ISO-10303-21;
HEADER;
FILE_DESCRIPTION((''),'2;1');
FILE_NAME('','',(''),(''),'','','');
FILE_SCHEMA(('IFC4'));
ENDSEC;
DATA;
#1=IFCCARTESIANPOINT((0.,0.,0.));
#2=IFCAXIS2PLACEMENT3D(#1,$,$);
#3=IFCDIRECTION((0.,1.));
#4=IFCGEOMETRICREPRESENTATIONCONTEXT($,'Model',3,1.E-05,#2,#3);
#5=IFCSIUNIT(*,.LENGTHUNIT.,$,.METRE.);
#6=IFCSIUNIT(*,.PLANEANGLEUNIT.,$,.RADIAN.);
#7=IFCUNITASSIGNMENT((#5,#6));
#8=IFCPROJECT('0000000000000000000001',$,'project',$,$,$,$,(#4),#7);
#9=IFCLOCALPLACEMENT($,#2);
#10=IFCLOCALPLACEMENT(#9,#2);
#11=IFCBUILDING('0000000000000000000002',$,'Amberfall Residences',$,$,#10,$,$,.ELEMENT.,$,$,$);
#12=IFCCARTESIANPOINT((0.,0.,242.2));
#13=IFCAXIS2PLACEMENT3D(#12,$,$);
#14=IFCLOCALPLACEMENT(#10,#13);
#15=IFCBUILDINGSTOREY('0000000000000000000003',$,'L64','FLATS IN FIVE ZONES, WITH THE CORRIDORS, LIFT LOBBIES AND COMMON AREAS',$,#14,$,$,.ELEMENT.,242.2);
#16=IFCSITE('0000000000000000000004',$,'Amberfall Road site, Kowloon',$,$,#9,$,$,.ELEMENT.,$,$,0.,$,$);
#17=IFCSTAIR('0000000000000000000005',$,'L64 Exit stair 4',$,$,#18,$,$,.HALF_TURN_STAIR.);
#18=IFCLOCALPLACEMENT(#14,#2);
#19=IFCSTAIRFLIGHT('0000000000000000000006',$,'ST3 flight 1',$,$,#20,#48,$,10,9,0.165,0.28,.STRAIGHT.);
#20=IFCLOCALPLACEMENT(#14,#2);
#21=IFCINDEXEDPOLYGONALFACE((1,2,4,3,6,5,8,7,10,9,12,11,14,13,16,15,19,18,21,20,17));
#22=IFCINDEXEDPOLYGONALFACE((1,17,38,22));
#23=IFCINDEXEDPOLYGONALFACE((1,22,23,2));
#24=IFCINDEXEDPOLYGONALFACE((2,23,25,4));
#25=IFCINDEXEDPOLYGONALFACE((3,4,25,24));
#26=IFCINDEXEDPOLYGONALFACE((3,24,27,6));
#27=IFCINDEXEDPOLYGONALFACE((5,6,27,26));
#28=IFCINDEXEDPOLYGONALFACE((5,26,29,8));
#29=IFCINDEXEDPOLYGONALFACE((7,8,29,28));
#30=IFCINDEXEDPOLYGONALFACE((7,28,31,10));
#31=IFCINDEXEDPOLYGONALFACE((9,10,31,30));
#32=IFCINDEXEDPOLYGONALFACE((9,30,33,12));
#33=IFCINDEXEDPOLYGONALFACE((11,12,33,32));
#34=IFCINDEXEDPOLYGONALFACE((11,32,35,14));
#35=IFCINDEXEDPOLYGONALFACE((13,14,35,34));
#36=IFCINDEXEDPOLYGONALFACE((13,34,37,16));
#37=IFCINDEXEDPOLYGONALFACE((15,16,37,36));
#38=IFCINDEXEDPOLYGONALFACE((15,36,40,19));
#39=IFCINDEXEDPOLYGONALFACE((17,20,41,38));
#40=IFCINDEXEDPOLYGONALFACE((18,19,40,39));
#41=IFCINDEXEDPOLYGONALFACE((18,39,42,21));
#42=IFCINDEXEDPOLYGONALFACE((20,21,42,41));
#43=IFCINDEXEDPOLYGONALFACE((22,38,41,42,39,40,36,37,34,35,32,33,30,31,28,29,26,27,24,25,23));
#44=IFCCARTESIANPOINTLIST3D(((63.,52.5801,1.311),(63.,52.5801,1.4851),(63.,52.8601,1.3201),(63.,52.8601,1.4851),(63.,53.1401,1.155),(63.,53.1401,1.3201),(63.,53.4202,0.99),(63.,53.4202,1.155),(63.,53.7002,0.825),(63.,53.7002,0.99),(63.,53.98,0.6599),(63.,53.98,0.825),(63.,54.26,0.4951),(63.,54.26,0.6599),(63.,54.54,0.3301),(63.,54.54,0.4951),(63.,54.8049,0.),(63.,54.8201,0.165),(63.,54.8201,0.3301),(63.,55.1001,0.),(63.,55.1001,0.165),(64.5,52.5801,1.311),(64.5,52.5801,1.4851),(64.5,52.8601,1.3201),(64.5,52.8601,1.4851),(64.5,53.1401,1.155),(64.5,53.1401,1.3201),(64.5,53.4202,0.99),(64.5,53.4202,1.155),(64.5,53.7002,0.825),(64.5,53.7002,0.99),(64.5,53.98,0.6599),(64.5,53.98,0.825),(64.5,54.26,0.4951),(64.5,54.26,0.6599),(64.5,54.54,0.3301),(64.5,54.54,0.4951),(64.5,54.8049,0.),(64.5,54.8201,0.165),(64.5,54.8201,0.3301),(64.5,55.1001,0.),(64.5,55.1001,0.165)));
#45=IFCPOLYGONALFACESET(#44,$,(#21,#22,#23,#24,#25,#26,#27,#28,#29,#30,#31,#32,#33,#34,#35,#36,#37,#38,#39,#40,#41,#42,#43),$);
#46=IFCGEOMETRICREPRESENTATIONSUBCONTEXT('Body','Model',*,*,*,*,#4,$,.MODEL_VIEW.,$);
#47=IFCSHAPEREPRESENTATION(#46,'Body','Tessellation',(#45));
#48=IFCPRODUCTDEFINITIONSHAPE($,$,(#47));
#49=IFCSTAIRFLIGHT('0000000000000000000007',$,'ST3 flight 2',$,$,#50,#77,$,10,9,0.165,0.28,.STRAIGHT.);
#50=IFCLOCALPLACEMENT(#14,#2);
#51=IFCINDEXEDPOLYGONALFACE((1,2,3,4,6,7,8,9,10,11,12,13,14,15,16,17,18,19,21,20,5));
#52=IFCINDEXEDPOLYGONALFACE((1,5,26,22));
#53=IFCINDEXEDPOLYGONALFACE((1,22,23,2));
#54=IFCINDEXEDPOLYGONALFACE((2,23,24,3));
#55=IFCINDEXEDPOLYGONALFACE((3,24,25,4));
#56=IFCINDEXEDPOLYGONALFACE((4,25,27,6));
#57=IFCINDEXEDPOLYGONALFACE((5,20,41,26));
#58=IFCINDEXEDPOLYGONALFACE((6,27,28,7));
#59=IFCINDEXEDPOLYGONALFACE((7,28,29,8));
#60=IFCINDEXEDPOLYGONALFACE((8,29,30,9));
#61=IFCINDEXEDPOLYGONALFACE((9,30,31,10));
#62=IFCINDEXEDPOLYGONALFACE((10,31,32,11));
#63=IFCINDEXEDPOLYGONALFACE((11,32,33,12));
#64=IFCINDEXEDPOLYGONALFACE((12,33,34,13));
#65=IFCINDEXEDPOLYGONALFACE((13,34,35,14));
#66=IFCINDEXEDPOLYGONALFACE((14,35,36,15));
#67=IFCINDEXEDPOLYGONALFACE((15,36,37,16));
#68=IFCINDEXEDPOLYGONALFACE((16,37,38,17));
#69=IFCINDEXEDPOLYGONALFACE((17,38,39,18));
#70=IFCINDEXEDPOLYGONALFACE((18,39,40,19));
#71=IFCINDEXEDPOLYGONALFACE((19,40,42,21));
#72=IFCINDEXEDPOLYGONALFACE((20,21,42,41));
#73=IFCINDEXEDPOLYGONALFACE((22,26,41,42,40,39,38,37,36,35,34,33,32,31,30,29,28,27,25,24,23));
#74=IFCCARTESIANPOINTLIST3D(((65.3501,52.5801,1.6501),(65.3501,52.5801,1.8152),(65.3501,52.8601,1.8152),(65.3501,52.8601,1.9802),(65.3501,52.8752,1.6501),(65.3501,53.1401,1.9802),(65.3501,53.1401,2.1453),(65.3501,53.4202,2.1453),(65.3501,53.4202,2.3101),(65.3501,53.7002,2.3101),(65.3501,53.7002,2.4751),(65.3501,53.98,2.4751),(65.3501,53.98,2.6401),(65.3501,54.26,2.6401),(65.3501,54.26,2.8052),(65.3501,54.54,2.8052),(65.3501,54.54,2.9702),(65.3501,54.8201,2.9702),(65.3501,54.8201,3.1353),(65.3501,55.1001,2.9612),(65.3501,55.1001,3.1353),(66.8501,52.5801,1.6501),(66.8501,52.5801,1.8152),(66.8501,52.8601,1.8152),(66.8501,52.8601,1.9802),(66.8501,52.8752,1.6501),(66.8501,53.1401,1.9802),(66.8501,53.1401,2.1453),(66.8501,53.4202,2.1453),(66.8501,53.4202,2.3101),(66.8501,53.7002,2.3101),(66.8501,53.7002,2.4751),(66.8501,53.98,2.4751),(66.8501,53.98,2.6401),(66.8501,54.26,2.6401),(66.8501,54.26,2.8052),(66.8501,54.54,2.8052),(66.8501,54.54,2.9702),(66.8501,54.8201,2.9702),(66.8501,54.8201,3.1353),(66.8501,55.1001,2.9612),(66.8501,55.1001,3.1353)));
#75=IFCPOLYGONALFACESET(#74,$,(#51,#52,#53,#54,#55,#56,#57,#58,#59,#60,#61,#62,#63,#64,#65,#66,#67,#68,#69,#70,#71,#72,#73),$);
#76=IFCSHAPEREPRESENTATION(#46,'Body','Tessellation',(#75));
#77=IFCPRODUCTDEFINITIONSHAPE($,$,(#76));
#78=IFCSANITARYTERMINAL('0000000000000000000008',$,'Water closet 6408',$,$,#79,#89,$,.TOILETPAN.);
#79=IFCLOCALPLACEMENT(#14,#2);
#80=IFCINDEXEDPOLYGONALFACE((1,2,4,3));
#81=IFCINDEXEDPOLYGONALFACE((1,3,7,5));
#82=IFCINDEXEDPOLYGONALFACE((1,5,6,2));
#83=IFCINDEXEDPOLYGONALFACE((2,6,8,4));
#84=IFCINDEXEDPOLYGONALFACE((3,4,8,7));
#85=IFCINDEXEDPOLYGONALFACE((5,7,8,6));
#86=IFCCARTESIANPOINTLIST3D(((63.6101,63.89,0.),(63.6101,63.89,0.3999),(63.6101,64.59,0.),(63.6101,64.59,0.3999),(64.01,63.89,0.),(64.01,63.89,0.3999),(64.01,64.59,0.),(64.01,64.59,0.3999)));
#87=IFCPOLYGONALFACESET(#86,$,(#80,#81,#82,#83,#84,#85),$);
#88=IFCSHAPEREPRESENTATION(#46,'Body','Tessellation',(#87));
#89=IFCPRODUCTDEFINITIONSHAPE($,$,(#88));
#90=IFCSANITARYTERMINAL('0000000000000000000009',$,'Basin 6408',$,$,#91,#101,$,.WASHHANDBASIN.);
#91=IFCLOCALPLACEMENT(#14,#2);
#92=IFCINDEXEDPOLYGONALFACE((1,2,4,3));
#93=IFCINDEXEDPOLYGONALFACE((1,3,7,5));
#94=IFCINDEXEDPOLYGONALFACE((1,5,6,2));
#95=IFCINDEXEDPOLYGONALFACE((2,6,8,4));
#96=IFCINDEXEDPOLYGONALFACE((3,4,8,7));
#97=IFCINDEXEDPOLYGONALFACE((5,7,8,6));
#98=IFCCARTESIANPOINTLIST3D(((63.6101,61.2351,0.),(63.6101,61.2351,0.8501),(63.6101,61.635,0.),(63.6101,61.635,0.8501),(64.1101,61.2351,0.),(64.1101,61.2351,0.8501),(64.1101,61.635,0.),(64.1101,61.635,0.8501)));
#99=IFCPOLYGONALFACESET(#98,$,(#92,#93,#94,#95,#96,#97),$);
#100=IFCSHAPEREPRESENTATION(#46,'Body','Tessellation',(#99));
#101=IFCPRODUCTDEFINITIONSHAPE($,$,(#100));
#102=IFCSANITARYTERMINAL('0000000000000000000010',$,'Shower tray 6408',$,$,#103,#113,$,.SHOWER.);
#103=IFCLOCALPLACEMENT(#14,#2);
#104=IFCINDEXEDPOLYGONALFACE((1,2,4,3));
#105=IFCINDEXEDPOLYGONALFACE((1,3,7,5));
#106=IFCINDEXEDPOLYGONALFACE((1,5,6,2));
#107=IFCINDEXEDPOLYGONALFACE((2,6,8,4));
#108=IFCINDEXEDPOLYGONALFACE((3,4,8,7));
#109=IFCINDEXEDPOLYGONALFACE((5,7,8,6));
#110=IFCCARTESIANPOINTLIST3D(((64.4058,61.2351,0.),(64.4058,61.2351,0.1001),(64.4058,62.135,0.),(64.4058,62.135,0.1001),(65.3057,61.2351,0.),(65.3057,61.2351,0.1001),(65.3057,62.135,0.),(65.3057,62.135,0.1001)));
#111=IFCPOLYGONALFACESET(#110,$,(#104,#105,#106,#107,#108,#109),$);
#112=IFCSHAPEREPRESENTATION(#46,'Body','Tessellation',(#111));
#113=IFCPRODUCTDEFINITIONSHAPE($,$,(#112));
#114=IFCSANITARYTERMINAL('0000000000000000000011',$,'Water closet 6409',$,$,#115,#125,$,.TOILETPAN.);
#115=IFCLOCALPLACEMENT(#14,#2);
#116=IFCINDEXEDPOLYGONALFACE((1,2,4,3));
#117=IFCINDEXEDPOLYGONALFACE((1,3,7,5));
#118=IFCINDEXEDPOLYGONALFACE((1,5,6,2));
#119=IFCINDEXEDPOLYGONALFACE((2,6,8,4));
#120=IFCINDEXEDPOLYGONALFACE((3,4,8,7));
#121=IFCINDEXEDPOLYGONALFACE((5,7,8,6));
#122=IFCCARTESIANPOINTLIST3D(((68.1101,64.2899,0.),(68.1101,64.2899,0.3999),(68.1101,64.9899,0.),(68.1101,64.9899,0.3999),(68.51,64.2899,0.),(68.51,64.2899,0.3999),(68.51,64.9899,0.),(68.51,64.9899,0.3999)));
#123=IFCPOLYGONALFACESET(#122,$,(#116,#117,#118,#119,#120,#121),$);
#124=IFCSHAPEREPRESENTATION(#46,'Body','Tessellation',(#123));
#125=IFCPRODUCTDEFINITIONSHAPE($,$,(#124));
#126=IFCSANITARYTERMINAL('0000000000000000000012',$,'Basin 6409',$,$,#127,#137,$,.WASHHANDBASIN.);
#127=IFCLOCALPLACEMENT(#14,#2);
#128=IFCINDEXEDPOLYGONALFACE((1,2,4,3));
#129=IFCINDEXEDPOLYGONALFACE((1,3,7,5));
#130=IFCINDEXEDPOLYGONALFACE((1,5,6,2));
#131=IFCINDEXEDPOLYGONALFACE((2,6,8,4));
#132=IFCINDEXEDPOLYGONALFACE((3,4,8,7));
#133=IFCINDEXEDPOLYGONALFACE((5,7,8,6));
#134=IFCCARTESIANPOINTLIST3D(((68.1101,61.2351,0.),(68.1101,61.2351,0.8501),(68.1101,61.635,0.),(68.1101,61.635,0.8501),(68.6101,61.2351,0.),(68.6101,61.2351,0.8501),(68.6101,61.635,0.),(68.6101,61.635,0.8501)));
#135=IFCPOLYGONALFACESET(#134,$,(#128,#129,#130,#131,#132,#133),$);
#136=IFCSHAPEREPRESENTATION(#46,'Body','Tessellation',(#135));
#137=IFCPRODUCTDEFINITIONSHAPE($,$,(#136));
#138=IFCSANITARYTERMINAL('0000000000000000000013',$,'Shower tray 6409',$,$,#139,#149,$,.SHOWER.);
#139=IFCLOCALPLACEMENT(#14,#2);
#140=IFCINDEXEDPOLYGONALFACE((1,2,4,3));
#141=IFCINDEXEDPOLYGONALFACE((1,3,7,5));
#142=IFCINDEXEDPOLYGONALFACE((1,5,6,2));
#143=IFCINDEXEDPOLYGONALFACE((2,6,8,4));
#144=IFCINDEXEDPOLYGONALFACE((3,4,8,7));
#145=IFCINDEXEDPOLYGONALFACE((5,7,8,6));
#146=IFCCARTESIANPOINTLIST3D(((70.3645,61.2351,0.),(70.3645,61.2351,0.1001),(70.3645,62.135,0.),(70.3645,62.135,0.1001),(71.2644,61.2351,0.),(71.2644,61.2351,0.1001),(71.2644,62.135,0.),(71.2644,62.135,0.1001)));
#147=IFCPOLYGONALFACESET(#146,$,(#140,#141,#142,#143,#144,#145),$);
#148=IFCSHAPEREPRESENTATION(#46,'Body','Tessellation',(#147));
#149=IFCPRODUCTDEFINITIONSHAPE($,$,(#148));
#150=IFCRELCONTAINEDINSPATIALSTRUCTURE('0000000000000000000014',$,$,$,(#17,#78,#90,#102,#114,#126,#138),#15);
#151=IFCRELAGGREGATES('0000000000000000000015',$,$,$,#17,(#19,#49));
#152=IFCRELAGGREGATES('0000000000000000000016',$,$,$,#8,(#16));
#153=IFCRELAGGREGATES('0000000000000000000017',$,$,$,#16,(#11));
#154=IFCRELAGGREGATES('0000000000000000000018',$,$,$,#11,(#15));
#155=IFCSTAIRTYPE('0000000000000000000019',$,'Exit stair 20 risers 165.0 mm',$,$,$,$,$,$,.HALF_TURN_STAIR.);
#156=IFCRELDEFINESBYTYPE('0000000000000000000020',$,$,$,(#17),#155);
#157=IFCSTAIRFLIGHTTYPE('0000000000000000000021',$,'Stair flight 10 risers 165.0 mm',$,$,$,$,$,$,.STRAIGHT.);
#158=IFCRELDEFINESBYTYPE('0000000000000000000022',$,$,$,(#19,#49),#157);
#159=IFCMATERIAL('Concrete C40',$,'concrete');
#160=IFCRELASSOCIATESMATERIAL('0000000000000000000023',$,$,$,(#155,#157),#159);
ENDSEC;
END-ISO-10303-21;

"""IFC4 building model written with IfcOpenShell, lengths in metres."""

from ifc_helpers import new_model, si_unit, direction, frame, origin, origin_2d, place, context, subcontext, project, spatial, polyline, rectangle, outline, extrude, material, type_object, element, aggregate, save


model = new_model("IFC4")

# Units and contexts
model_context = context("Model", 3, precision=1e-05, world=origin(), true_north=direction((0.0, 1.0)))
body_context = subcontext(model_context, "Body", "Model", "MODEL_VIEW")
ifc_project = project(units=[si_unit("LENGTHUNIT", "METRE"), si_unit("PLANEANGLEUNIT", "RADIAN")], contexts=[model_context])

# Site, building, storey
site_placement = place(None, origin())
site = spatial("IfcSite", under=ifc_project, at=site_placement, Name="Amberfall Road site, Kowloon", CompositionType="ELEMENT", RefElevation=0.0)
building_placement = place(site_placement, origin())
building = spatial("IfcBuilding", under=site, at=building_placement, Name="Amberfall Residences", CompositionType="ELEMENT")
storey_placement = place(building_placement, frame((0.0, 0.0, 242.2)))
storey = spatial("IfcBuildingStorey", under=building, at=storey_placement, Name="L64", Description="FLATS IN FIVE ZONES, WITH THE CORRIDORS, LIFT LOBBIES AND COMMON AREAS", CompositionType="ELEMENT", Elevation=242.2)

# Stair, stair flights
ifc_material_1 = material(Name="Concrete C40", Category="concrete")
stair_type = type_object("IfcStairType", Name="Exit stair 20 risers 165.0 mm", PredefinedType="HALF_TURN_STAIR", material=ifc_material_1)
stair_placement = place(storey_placement, origin())
stair = element("IfcStair", 1, at=stair_placement, inside=storey, type_object=stair_type, Name="L64 Exit stair 4", PredefinedType="HALF_TURN_STAIR")
stair_flight_type = type_object("IfcStairFlightType", Name="Stair flight 10 risers 165.0 mm", PredefinedType="STRAIGHT", material=ifc_material_1)
stair_flight_1_placement = place(storey_placement, frame((63.75, 55.1001, 0.0), z_axis=(0.0, 0.0, 1.0), x_axis=(0.0, -1.0, 0.0)))
stair_flight_1 = element("IfcStairFlight", 2, at=stair_flight_1_placement, type_object=stair_flight_type, Name="ST3 flight 1", NumberOfRisers=10, NumberOfTreads=9, PredefinedType="STRAIGHT", RiserHeight=0.165, TreadLength=0.28, context=body_context, shape_type="SweptSolid", body=[
    extrude(outline(polyline([(0.0, 0.0), (0.0, 0.165), (0.28, 0.165), (0.28, 0.3301), (0.5601, 0.3301), (0.5601, 0.4951), (0.8401, 0.4951), (0.8401, 0.6599), (1.1201, 0.6599), (1.1201, 0.825), (1.3999, 0.825), (1.3999, 0.99), (1.6799, 0.99), (1.6799, 1.155), (1.96, 1.155), (1.96, 1.3201), (2.24, 1.3201), (2.24, 1.4851), (2.52, 1.4851), (2.52, 1.6499), (2.52, 1.311), (0.2952, 0.0), (0.0, 0.0)])), frame((0.0, 0.75, 0.0), z_axis=(0.0, -1.0, 0.0), x_axis=(1.0, 0.0, 0.0)), (0.0, 0.0, 1.0), 1.5),
])
stair_flight_2_placement = place(storey_placement, frame((66.1001, 52.5801, 1.6501), z_axis=(0.0, 0.0, 1.0), x_axis=(0.0, 1.0, 0.0)))
stair_flight_2 = element("IfcStairFlight", 3, at=stair_flight_2_placement, type_object=stair_flight_type, Name="ST3 flight 2", NumberOfRisers=10, NumberOfTreads=9, PredefinedType="STRAIGHT", RiserHeight=0.165, TreadLength=0.28, context=body_context, shape_type="SweptSolid", body=[
    extrude(outline(polyline([(0.0, 0.0), (0.0, 0.165), (0.28, 0.165), (0.28, 0.3301), (0.5601, 0.3301), (0.5601, 0.4951), (0.8401, 0.4951), (0.8401, 0.6599), (1.1201, 0.6599), (1.1201, 0.825), (1.3999, 0.825), (1.3999, 0.99), (1.6799, 0.99), (1.6799, 1.155), (1.96, 1.155), (1.96, 1.3201), (2.24, 1.3201), (2.24, 1.4851), (2.52, 1.4851), (2.52, 1.6499), (2.52, 1.311), (0.2952, 0.0), (0.0, 0.0)])), frame((0.0, 0.75, 0.0), z_axis=(0.0, -1.0, 0.0), x_axis=(1.0, 0.0, 0.0)), (0.0, 0.0, 1.0), 1.5),
])
aggregate(stair, [stair_flight_1, stair_flight_2])

# Sanitary terminals
sanitary_terminal_1_placement = place(storey_placement, frame((63.8101, 64.24, 0.0), z_axis=(0.0, 0.0, 1.0), x_axis=(1.0, 0.0, 0.0)))
element("IfcSanitaryTerminal", 4, at=sanitary_terminal_1_placement, inside=storey, Name="Water closet 6408", PredefinedType="TOILETPAN", context=body_context, shape_type="SweptSolid", body=[
    extrude(rectangle(XDim=0.3999, YDim=0.7, at=origin_2d()), origin(), (0.0, 0.0, 1.0), 0.3999),
])
sanitary_terminal_2_placement = place(storey_placement, frame((63.8601, 61.4351, 0.0), z_axis=(0.0, 0.0, 1.0), x_axis=(1.0, 0.0, 0.0)))
element("IfcSanitaryTerminal", 5, at=sanitary_terminal_2_placement, inside=storey, Name="Basin 6408", PredefinedType="WASHHANDBASIN", context=body_context, shape_type="SweptSolid", body=[
    extrude(rectangle(XDim=0.5, YDim=0.3999, at=origin_2d()), origin(), (0.0, 0.0, 1.0), 0.8501),
])
sanitary_terminal_3_placement = place(storey_placement, frame((64.8557, 61.6851, 0.0), z_axis=(0.0, 0.0, 1.0), x_axis=(1.0, 0.0, 0.0)))
element("IfcSanitaryTerminal", 6, at=sanitary_terminal_3_placement, inside=storey, Name="Shower tray 6408", PredefinedType="SHOWER", context=body_context, shape_type="SweptSolid", body=[
    extrude(rectangle(XDim=0.8999, YDim=0.8999, at=origin_2d()), origin(), (0.0, 0.0, 1.0), 0.1001),
])
sanitary_terminal_4_placement = place(storey_placement, frame((68.3101, 64.6399, 0.0), z_axis=(0.0, 0.0, 1.0), x_axis=(1.0, 0.0, 0.0)))
element("IfcSanitaryTerminal", 7, at=sanitary_terminal_4_placement, inside=storey, Name="Water closet 6409", PredefinedType="TOILETPAN", context=body_context, shape_type="SweptSolid", body=[
    extrude(rectangle(XDim=0.3999, YDim=0.7, at=origin_2d()), origin(), (0.0, 0.0, 1.0), 0.3999),
])
sanitary_terminal_5_placement = place(storey_placement, frame((68.3601, 61.4351, 0.0), z_axis=(0.0, 0.0, 1.0), x_axis=(1.0, 0.0, 0.0)))
element("IfcSanitaryTerminal", 8, at=sanitary_terminal_5_placement, inside=storey, Name="Basin 6409", PredefinedType="WASHHANDBASIN", context=body_context, shape_type="SweptSolid", body=[
    extrude(rectangle(XDim=0.5, YDim=0.3999, at=origin_2d()), origin(), (0.0, 0.0, 1.0), 0.8501),
])
sanitary_terminal_6_placement = place(storey_placement, frame((70.8145, 61.6851, 0.0), z_axis=(0.0, 0.0, 1.0), x_axis=(1.0, 0.0, 0.0)))
element("IfcSanitaryTerminal", 9, at=sanitary_terminal_6_placement, inside=storey, Name="Shower tray 6409", PredefinedType="SHOWER", context=body_context, shape_type="SweptSolid", body=[
    extrude(rectangle(XDim=0.8999, YDim=0.8999, at=origin_2d()), origin(), (0.0, 0.0, 1.0), 0.1001),
])

save(model, "model.ifc")
